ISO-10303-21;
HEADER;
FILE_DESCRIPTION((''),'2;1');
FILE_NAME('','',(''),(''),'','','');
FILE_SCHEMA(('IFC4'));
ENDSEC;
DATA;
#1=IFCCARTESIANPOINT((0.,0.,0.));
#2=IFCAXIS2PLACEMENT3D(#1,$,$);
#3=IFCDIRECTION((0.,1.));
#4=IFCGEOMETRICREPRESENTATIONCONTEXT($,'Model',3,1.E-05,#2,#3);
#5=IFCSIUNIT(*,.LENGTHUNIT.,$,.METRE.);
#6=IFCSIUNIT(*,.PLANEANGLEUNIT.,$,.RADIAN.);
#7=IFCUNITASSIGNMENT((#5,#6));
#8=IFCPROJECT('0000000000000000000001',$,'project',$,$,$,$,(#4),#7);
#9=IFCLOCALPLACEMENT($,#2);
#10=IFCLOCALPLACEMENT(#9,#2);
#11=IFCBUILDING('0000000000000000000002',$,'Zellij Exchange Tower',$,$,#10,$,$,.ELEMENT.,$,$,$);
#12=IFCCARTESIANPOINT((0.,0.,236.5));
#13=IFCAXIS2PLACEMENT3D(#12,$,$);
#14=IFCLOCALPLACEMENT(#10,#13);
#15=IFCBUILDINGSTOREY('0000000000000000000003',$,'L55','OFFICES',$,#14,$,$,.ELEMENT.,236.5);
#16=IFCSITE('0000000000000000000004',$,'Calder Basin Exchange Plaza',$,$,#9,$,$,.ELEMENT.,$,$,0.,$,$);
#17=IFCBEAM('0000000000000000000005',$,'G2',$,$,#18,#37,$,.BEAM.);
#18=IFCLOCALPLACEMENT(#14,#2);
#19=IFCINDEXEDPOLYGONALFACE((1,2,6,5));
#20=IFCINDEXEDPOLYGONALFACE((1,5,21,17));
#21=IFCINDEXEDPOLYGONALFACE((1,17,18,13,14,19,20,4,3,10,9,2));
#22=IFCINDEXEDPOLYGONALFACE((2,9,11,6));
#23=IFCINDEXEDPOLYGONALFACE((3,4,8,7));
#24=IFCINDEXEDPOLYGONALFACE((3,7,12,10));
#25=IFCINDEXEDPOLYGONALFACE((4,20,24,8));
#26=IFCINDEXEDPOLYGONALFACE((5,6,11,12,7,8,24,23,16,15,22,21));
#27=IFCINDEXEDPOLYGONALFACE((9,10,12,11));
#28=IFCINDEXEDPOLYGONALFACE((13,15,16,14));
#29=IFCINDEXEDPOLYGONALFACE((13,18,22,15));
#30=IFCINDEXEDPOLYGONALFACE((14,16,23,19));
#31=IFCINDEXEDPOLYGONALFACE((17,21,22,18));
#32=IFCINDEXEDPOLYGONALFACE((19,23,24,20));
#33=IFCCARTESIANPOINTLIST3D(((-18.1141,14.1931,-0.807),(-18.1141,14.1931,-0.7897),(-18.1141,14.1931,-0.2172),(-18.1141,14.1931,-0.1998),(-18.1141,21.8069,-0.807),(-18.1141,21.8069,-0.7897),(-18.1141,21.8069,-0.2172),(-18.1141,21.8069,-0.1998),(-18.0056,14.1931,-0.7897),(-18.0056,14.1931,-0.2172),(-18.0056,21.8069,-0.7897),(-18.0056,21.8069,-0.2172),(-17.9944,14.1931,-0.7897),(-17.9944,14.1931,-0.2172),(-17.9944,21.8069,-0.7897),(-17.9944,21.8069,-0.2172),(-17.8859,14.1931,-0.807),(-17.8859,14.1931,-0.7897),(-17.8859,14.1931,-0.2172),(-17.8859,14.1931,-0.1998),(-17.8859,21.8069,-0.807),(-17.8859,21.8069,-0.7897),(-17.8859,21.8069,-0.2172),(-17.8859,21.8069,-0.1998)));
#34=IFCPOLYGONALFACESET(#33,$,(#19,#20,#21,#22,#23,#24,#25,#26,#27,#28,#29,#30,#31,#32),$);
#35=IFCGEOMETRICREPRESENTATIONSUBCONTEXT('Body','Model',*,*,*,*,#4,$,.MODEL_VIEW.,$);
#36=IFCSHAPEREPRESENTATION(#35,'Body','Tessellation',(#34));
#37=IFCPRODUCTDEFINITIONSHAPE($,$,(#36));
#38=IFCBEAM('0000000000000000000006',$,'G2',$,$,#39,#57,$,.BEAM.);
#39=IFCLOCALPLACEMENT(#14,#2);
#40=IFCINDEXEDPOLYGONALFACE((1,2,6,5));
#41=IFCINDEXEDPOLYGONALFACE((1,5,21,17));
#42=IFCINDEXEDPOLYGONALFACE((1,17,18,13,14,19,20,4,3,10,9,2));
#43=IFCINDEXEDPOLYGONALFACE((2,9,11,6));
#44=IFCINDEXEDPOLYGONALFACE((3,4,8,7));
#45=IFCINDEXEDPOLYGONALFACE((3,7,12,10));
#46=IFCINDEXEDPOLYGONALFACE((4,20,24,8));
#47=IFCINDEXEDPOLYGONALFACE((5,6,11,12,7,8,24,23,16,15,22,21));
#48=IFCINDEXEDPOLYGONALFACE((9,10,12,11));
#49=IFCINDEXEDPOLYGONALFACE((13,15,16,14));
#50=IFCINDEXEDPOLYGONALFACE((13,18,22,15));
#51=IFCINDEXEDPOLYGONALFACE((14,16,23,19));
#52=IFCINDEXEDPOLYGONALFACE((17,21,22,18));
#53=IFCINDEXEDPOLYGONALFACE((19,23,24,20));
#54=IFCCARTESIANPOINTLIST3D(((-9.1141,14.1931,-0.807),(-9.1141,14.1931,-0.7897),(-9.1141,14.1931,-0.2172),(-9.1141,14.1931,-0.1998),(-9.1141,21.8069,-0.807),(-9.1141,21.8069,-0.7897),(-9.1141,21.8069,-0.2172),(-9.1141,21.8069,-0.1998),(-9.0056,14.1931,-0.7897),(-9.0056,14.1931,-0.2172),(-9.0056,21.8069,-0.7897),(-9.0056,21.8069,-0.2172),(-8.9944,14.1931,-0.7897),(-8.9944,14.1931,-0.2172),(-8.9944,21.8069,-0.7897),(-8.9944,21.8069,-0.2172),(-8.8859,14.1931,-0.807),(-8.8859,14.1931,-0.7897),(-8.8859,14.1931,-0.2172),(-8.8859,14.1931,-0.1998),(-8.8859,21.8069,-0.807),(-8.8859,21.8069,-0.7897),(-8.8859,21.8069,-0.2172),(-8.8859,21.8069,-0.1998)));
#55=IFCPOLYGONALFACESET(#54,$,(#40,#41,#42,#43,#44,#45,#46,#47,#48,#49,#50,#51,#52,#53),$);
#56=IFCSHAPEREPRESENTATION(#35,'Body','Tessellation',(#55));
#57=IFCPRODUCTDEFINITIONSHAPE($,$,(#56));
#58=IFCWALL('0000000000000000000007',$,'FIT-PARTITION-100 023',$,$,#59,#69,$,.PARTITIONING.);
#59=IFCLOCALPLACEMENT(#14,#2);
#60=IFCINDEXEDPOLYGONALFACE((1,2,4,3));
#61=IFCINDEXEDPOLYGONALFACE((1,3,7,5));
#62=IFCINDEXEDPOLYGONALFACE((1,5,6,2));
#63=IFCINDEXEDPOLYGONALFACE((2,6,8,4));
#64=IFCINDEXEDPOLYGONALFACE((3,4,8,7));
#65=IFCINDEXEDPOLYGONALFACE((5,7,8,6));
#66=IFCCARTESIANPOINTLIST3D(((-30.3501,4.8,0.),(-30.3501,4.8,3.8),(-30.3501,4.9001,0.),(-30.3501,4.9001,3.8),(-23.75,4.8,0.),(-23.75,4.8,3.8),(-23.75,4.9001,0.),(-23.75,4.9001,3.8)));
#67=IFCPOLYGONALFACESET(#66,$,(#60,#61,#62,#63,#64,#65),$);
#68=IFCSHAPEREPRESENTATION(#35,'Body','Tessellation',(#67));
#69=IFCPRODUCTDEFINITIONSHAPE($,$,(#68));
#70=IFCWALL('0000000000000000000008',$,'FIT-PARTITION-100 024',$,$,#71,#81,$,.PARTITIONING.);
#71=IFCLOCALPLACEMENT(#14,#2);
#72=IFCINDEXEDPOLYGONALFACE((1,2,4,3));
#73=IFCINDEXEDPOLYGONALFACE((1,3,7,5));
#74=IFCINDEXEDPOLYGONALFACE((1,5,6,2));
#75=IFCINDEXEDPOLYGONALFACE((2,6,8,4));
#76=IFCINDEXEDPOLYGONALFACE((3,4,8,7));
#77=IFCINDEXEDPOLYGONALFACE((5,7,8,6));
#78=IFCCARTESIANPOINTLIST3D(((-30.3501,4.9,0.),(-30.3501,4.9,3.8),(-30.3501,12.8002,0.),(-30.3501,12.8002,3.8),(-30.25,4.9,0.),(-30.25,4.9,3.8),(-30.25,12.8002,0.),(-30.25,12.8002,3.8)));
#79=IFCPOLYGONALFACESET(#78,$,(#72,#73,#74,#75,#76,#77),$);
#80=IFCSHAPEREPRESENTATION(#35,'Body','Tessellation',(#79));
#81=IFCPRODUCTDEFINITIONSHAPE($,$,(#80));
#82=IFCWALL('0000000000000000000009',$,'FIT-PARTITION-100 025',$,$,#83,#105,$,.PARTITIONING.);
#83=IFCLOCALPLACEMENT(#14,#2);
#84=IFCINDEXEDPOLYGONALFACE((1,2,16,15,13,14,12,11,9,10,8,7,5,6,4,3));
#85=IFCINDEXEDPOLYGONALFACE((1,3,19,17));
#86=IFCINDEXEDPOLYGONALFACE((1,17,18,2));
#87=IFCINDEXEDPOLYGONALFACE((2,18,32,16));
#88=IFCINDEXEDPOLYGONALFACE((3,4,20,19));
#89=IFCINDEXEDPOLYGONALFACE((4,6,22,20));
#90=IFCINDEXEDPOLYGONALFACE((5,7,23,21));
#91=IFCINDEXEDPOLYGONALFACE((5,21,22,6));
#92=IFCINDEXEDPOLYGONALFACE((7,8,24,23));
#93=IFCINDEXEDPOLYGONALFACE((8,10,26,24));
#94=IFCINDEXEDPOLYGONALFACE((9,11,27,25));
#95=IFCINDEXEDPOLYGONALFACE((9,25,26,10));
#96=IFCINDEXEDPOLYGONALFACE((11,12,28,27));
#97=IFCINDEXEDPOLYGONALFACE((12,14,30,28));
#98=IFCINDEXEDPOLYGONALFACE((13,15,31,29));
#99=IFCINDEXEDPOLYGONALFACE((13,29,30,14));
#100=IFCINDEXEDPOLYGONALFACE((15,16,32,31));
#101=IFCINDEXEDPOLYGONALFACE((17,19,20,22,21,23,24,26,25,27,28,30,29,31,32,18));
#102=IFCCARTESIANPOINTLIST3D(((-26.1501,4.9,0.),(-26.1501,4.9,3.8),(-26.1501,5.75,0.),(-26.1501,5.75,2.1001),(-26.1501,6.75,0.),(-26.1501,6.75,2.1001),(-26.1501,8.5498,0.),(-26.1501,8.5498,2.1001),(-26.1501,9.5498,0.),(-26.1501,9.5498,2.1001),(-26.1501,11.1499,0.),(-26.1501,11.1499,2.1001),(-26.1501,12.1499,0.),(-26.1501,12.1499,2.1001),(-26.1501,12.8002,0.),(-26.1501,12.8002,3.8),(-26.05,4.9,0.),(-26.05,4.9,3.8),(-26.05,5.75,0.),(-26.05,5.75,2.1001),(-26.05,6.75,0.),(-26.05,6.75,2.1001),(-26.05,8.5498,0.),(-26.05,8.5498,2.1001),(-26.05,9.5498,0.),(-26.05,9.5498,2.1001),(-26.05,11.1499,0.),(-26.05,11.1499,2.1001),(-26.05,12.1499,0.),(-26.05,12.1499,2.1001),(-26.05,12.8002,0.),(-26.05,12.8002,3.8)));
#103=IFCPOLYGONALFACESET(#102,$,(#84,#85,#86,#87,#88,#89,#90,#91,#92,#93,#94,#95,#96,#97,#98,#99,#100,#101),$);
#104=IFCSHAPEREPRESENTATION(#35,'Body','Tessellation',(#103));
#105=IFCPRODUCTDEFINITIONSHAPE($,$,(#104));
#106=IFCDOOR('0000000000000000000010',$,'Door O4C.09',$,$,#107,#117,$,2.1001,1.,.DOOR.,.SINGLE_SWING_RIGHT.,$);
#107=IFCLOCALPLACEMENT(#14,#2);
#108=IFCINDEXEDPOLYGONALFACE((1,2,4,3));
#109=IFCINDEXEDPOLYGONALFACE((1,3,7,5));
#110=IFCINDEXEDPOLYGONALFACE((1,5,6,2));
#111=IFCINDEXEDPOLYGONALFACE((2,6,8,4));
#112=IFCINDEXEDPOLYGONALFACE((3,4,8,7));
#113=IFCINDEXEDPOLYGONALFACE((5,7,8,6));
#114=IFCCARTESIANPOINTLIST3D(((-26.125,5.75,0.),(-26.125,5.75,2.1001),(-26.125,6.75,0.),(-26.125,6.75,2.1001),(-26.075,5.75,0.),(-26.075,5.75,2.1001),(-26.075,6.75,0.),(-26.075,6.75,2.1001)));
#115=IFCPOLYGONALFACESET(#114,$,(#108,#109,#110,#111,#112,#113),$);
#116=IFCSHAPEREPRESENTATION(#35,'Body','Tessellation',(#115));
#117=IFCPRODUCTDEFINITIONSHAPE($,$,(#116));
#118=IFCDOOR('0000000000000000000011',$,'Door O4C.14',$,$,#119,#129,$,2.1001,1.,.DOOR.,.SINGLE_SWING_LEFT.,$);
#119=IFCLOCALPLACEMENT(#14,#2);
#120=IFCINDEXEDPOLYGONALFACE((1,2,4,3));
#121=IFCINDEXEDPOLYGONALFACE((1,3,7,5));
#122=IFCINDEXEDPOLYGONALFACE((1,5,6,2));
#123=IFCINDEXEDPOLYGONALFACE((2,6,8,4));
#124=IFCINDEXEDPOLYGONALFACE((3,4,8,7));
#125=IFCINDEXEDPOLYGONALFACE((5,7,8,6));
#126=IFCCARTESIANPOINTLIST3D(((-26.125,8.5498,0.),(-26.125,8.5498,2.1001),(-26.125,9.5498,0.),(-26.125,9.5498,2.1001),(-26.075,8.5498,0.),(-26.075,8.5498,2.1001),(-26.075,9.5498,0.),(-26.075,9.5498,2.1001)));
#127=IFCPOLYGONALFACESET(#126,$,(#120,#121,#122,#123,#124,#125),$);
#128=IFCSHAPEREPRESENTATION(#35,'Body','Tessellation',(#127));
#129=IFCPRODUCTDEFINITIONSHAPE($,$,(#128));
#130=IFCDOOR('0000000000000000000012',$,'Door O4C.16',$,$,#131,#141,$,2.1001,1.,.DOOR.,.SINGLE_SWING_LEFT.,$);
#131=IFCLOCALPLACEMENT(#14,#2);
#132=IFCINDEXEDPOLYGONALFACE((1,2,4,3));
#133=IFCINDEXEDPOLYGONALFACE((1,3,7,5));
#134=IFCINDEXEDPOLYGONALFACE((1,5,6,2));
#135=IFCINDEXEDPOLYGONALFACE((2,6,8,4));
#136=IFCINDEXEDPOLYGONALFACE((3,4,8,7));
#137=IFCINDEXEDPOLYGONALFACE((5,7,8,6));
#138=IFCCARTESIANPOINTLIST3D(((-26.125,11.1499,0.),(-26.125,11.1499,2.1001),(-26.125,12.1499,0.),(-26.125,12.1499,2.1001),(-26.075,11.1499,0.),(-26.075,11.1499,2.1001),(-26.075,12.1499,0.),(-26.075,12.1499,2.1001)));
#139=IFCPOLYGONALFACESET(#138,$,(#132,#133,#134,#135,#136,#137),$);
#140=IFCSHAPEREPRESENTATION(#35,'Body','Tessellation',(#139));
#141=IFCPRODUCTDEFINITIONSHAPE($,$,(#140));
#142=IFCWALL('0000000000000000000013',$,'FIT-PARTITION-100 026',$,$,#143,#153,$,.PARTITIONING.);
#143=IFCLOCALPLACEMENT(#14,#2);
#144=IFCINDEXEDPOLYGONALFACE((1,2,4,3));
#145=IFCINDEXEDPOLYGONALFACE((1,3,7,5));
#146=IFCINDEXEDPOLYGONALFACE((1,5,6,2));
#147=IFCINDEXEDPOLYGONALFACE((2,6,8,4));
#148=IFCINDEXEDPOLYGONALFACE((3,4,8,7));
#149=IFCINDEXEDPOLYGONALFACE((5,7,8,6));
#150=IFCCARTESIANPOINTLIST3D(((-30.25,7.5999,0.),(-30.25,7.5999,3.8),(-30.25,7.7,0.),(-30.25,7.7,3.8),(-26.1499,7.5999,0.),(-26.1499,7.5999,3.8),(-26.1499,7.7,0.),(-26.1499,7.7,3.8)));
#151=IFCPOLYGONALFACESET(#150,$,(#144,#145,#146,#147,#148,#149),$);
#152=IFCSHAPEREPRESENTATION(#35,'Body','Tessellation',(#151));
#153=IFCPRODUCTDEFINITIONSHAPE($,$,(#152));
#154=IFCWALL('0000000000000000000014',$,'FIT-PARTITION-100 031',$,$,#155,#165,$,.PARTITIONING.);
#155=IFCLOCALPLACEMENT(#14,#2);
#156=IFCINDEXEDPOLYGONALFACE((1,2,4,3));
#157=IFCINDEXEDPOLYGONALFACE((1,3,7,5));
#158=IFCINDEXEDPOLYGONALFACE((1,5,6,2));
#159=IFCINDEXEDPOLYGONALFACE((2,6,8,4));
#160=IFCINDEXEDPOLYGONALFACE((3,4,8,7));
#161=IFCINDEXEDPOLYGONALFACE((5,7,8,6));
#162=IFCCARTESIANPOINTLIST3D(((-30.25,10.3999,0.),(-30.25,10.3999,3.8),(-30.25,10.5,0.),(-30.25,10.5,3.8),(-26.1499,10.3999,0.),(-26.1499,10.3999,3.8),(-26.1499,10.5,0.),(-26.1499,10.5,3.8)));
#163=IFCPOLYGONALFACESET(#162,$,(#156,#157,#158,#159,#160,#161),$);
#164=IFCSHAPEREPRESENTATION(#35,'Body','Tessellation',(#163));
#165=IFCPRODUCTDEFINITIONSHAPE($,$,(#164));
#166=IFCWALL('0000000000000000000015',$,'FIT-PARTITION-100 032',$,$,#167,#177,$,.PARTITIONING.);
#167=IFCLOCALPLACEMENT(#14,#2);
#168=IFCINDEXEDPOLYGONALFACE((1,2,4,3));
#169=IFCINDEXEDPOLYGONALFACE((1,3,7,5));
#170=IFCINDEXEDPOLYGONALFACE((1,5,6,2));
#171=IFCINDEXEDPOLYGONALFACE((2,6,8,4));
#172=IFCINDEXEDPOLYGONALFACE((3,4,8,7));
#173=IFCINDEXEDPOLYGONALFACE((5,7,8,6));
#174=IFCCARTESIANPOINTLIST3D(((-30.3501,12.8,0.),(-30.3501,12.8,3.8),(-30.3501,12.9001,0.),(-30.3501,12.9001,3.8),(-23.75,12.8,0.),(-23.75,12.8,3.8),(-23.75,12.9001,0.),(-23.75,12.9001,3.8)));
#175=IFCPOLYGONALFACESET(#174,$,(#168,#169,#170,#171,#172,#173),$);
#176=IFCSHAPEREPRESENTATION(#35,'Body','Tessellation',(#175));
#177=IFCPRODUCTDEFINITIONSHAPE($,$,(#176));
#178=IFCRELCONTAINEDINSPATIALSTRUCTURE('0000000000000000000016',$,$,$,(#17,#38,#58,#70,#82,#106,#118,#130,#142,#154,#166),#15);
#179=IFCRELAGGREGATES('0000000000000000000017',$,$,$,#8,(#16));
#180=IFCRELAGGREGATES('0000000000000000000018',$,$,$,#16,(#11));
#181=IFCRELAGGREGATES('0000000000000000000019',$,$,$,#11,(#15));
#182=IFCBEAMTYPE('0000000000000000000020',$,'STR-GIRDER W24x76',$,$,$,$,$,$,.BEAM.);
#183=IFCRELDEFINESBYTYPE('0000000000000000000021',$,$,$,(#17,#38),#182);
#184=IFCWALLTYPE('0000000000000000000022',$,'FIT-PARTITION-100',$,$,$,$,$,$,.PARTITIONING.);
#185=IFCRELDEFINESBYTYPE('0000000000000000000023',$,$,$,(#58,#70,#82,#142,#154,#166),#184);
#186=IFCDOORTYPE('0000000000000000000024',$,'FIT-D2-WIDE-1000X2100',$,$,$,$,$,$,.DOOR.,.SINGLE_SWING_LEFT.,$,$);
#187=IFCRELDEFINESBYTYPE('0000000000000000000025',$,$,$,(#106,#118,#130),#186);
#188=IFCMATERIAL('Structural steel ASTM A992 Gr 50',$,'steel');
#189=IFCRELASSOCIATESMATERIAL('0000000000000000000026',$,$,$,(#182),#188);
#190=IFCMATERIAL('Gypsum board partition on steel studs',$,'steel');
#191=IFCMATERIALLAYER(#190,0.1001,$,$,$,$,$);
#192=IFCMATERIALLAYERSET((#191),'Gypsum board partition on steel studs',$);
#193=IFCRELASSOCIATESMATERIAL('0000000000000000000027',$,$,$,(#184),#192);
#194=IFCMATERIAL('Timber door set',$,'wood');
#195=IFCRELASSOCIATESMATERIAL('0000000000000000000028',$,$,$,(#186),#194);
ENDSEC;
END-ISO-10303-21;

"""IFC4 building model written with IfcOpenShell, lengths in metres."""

from ifc_helpers import new_model, si_unit, direction, frame, frame_2d, origin, origin_2d, place, context, subcontext, project, spatial, rectangle, i_section, extrude, material, layer, layer_set, material_profile, profile_set, type_object, element, fill, save


model = new_model("IFC4")

# Units and contexts
model_context = context("Model", 3, precision=1e-05, world=origin(), true_north=direction((0.0, 1.0)))
body_context = subcontext(model_context, "Body", "Model", "MODEL_VIEW")
ifc_project = project(units=[si_unit("LENGTHUNIT", "METRE"), si_unit("PLANEANGLEUNIT", "RADIAN")], contexts=[model_context])

# Site, building, storey
site_placement = place(None, origin())
site = spatial("IfcSite", under=ifc_project, at=site_placement, Name="Calder Basin Exchange Plaza", CompositionType="ELEMENT", RefElevation=0.0)
building_placement = place(site_placement, origin())
building = spatial("IfcBuilding", under=site, at=building_placement, Name="Zellij Exchange Tower", CompositionType="ELEMENT")
storey_placement = place(building_placement, frame((0.0, 0.0, 236.5)))
storey = spatial("IfcBuildingStorey", under=building, at=storey_placement, Name="L55", Description="OFFICES", CompositionType="ELEMENT", Elevation=236.5)

# Shared definitions
ifc_material_1 = material(Name="Structural steel ASTM A992 Gr 50", Category="steel")

# Beams
ifc_material_profile_1 = material_profile(ifc_material_1, i_section(OverallWidth=0.2283, OverallDepth=0.6072, WebThickness=0.0112, FlangeThickness=0.0173, at=origin_2d()), Name="W24x76")
ifc_profile_set_1 = profile_set([ifc_material_profile_1], Name="Structural steel ASTM A992 Gr 50")
beam_type = type_object("IfcBeamType", Name="STR-GIRDER W24x76", PredefinedType="BEAM", material=ifc_profile_set_1)
for number, where, z_axis, x_axis, name in (
    (1, (-18.0, 14.1931, -0.5034), (0.0, 1.0, 0.0), (-1.0, 0.0, 0.0), "G2"),
    (2, (-9.0, 14.1931, -0.5034), (0.0, 1.0, 0.0), (-1.0, 0.0, 0.0), "G2"),
):
    element("IfcBeam", number, at=place(storey_placement, frame(where, z_axis=z_axis, x_axis=x_axis)), inside=storey, type_object=beam_type, Name=name, PredefinedType="BEAM", context=body_context, shape_type="SweptSolid", body=[
        extrude(i_section(OverallWidth=0.2283, OverallDepth=0.6072, WebThickness=0.0112, FlangeThickness=0.0173, at=origin_2d()), origin(), (0.0, 0.0, 1.0), 7.6138),
    ])

# Walls
ifc_material_2 = material(Name="Gypsum board partition on steel studs", Category="steel")
ifc_layer = layer(ifc_material_2, 0.1001)
ifc_layer_set = layer_set([ifc_layer], Name="Gypsum board partition on steel studs")
wall_type = type_object("IfcWallType", Name="FIT-PARTITION-100", PredefinedType="PARTITIONING", material=ifc_layer_set)
wall_1_placement = place(storey_placement, frame((-30.3501, 4.8501, 0.0), z_axis=(0.0, 0.0, 1.0), x_axis=(1.0, 0.0, 0.0)))
element("IfcWall", 3, at=wall_1_placement, inside=storey, type_object=wall_type, Name="FIT-PARTITION-100 023", PredefinedType="PARTITIONING", context=body_context, shape_type="SweptSolid", body=[
    extrude(rectangle(XDim=6.6001, YDim=0.1001, at=frame_2d((3.3, 0.0))), origin(), (0.0, 0.0, 1.0), 3.8),
])
wall_2_placement = place(storey_placement, frame((-30.3, 4.8999, 0.0), z_axis=(0.0, 0.0, 1.0), x_axis=(0.0, 1.0, 0.0)))
element("IfcWall", 4, at=wall_2_placement, inside=storey, type_object=wall_type, Name="FIT-PARTITION-100 024", PredefinedType="PARTITIONING", context=body_context, shape_type="SweptSolid", body=[
    extrude(rectangle(XDim=7.9001, YDim=0.1001, at=frame_2d((3.9502, 0.0))), origin(), (0.0, 0.0, 1.0), 3.8),
])

# Wall, openings, doors
wall_3_placement = place(storey_placement, frame((-26.1001, 4.8999, 0.0), z_axis=(0.0, 0.0, 1.0), x_axis=(0.0, 1.0, 0.0)))
wall_3 = element("IfcWall", 5, at=wall_3_placement, inside=storey, type_object=wall_type, Name="FIT-PARTITION-100 025", PredefinedType="PARTITIONING", context=body_context, shape_type="SweptSolid", body=[
    extrude(rectangle(XDim=7.9001, YDim=0.1001, at=frame_2d((3.9502, 0.0))), origin(), (0.0, 0.0, 1.0), 3.8),
])
opening_1_placement = place(wall_3_placement, frame((0.8501, 0.0, 0.0)))
opening_1 = element("IfcOpeningElement", 6, at=opening_1_placement, cuts=wall_3, PredefinedType="OPENING", context=body_context, shape_type="SweptSolid", body=[
    extrude(rectangle(XDim=1.0, YDim=2.1001, at=frame_2d((0.5, 1.05))), frame((0.0, 0.062, 0.0), z_axis=(0.0, -1.0, 0.0), x_axis=(1.0, 0.0, 0.0)), (0.0, 0.0, 1.0), 0.124),
])
opening_2_placement = place(wall_3_placement, frame((3.6499, 0.0, 0.0)))
opening_2 = element("IfcOpeningElement", 7, at=opening_2_placement, cuts=wall_3, PredefinedType="OPENING", context=body_context, shape_type="SweptSolid", body=[
    extrude(rectangle(XDim=1.0, YDim=2.1001, at=frame_2d((0.5, 1.05))), frame((0.0, 0.062, 0.0), z_axis=(0.0, -1.0, 0.0), x_axis=(1.0, 0.0, 0.0)), (0.0, 0.0, 1.0), 0.124),
])
opening_3_placement = place(wall_3_placement, frame((6.25, 0.0, 0.0)))
opening_3 = element("IfcOpeningElement", 8, at=opening_3_placement, cuts=wall_3, PredefinedType="OPENING", context=body_context, shape_type="SweptSolid", body=[
    extrude(rectangle(XDim=1.0, YDim=2.1001, at=frame_2d((0.5, 1.05))), frame((0.0, 0.062, 0.0), z_axis=(0.0, -1.0, 0.0), x_axis=(1.0, 0.0, 0.0)), (0.0, 0.0, 1.0), 0.124),
])
ifc_material_3 = material(Name="Timber door set", Category="wood")
door_type = type_object("IfcDoorType", Name="FIT-D2-WIDE-1000X2100", OperationType="SINGLE_SWING_LEFT", PredefinedType="DOOR", material=ifc_material_3)
door_1_placement = place(opening_1_placement, origin())
door_1 = element("IfcDoor", 9, at=door_1_placement, inside=storey, type_object=door_type, Name="Door O4C.09", OperationType="SINGLE_SWING_RIGHT", OverallHeight=2.1001, OverallWidth=1.0, PredefinedType="DOOR", context=body_context, shape_type="SweptSolid", body=[
    extrude(rectangle(XDim=1.0, YDim=2.1001, at=frame_2d((0.5, 1.05))), frame((0.0, 0.0249, 0.0), z_axis=(0.0, -1.0, 0.0), x_axis=(1.0, 0.0, 0.0)), (0.0, 0.0, 1.0), 0.05),
])
fill(opening_1, door_1)
door_2_placement = place(opening_2_placement, origin())
door_2 = element("IfcDoor", 10, at=door_2_placement, inside=storey, type_object=door_type, Name="Door O4C.14", OperationType="SINGLE_SWING_LEFT", OverallHeight=2.1001, OverallWidth=1.0, PredefinedType="DOOR", context=body_context, shape_type="SweptSolid", body=[
    extrude(rectangle(XDim=1.0, YDim=2.1001, at=frame_2d((0.5, 1.05))), frame((0.0, 0.0249, 0.0), z_axis=(0.0, -1.0, 0.0), x_axis=(1.0, 0.0, 0.0)), (0.0, 0.0, 1.0), 0.05),
])
fill(opening_2, door_2)
door_3_placement = place(opening_3_placement, origin())
door_3 = element("IfcDoor", 11, at=door_3_placement, inside=storey, type_object=door_type, Name="Door O4C.16", OperationType="SINGLE_SWING_LEFT", OverallHeight=2.1001, OverallWidth=1.0, PredefinedType="DOOR", context=body_context, shape_type="SweptSolid", body=[
    extrude(rectangle(XDim=1.0, YDim=2.1001, at=frame_2d((0.5, 1.05))), frame((0.0, 0.0249, 0.0), z_axis=(0.0, -1.0, 0.0), x_axis=(1.0, 0.0, 0.0)), (0.0, 0.0, 1.0), 0.05),
])
fill(opening_3, door_3)

# Walls
for number, where, z_axis, x_axis, name in (
    (12, (-30.25, 7.6499, 0.0), (0.0, 0.0, 1.0), (1.0, 0.0, 0.0), "FIT-PARTITION-100 026"),
    (13, (-30.25, 10.45, 0.0), (0.0, 0.0, 1.0), (1.0, 0.0, 0.0), "FIT-PARTITION-100 031"),
):
    element("IfcWall", number, at=place(storey_placement, frame(where, z_axis=z_axis, x_axis=x_axis)), inside=storey, type_object=wall_type, Name=name, PredefinedType="PARTITIONING", context=body_context, shape_type="SweptSolid", body=[
        extrude(rectangle(XDim=4.1001, YDim=0.1001, at=frame_2d((2.05, 0.0))), origin(), (0.0, 0.0, 1.0), 3.8),
    ])
wall_4_placement = place(storey_placement, frame((-30.3501, 12.8501, 0.0), z_axis=(0.0, 0.0, 1.0), x_axis=(1.0, 0.0, 0.0)))
element("IfcWall", 14, at=wall_4_placement, inside=storey, type_object=wall_type, Name="FIT-PARTITION-100 032", PredefinedType="PARTITIONING", context=body_context, shape_type="SweptSolid", body=[
    extrude(rectangle(XDim=6.6001, YDim=0.1001, at=frame_2d((3.3, 0.0))), origin(), (0.0, 0.0, 1.0), 3.8),
])

save(model, "model.ifc")
